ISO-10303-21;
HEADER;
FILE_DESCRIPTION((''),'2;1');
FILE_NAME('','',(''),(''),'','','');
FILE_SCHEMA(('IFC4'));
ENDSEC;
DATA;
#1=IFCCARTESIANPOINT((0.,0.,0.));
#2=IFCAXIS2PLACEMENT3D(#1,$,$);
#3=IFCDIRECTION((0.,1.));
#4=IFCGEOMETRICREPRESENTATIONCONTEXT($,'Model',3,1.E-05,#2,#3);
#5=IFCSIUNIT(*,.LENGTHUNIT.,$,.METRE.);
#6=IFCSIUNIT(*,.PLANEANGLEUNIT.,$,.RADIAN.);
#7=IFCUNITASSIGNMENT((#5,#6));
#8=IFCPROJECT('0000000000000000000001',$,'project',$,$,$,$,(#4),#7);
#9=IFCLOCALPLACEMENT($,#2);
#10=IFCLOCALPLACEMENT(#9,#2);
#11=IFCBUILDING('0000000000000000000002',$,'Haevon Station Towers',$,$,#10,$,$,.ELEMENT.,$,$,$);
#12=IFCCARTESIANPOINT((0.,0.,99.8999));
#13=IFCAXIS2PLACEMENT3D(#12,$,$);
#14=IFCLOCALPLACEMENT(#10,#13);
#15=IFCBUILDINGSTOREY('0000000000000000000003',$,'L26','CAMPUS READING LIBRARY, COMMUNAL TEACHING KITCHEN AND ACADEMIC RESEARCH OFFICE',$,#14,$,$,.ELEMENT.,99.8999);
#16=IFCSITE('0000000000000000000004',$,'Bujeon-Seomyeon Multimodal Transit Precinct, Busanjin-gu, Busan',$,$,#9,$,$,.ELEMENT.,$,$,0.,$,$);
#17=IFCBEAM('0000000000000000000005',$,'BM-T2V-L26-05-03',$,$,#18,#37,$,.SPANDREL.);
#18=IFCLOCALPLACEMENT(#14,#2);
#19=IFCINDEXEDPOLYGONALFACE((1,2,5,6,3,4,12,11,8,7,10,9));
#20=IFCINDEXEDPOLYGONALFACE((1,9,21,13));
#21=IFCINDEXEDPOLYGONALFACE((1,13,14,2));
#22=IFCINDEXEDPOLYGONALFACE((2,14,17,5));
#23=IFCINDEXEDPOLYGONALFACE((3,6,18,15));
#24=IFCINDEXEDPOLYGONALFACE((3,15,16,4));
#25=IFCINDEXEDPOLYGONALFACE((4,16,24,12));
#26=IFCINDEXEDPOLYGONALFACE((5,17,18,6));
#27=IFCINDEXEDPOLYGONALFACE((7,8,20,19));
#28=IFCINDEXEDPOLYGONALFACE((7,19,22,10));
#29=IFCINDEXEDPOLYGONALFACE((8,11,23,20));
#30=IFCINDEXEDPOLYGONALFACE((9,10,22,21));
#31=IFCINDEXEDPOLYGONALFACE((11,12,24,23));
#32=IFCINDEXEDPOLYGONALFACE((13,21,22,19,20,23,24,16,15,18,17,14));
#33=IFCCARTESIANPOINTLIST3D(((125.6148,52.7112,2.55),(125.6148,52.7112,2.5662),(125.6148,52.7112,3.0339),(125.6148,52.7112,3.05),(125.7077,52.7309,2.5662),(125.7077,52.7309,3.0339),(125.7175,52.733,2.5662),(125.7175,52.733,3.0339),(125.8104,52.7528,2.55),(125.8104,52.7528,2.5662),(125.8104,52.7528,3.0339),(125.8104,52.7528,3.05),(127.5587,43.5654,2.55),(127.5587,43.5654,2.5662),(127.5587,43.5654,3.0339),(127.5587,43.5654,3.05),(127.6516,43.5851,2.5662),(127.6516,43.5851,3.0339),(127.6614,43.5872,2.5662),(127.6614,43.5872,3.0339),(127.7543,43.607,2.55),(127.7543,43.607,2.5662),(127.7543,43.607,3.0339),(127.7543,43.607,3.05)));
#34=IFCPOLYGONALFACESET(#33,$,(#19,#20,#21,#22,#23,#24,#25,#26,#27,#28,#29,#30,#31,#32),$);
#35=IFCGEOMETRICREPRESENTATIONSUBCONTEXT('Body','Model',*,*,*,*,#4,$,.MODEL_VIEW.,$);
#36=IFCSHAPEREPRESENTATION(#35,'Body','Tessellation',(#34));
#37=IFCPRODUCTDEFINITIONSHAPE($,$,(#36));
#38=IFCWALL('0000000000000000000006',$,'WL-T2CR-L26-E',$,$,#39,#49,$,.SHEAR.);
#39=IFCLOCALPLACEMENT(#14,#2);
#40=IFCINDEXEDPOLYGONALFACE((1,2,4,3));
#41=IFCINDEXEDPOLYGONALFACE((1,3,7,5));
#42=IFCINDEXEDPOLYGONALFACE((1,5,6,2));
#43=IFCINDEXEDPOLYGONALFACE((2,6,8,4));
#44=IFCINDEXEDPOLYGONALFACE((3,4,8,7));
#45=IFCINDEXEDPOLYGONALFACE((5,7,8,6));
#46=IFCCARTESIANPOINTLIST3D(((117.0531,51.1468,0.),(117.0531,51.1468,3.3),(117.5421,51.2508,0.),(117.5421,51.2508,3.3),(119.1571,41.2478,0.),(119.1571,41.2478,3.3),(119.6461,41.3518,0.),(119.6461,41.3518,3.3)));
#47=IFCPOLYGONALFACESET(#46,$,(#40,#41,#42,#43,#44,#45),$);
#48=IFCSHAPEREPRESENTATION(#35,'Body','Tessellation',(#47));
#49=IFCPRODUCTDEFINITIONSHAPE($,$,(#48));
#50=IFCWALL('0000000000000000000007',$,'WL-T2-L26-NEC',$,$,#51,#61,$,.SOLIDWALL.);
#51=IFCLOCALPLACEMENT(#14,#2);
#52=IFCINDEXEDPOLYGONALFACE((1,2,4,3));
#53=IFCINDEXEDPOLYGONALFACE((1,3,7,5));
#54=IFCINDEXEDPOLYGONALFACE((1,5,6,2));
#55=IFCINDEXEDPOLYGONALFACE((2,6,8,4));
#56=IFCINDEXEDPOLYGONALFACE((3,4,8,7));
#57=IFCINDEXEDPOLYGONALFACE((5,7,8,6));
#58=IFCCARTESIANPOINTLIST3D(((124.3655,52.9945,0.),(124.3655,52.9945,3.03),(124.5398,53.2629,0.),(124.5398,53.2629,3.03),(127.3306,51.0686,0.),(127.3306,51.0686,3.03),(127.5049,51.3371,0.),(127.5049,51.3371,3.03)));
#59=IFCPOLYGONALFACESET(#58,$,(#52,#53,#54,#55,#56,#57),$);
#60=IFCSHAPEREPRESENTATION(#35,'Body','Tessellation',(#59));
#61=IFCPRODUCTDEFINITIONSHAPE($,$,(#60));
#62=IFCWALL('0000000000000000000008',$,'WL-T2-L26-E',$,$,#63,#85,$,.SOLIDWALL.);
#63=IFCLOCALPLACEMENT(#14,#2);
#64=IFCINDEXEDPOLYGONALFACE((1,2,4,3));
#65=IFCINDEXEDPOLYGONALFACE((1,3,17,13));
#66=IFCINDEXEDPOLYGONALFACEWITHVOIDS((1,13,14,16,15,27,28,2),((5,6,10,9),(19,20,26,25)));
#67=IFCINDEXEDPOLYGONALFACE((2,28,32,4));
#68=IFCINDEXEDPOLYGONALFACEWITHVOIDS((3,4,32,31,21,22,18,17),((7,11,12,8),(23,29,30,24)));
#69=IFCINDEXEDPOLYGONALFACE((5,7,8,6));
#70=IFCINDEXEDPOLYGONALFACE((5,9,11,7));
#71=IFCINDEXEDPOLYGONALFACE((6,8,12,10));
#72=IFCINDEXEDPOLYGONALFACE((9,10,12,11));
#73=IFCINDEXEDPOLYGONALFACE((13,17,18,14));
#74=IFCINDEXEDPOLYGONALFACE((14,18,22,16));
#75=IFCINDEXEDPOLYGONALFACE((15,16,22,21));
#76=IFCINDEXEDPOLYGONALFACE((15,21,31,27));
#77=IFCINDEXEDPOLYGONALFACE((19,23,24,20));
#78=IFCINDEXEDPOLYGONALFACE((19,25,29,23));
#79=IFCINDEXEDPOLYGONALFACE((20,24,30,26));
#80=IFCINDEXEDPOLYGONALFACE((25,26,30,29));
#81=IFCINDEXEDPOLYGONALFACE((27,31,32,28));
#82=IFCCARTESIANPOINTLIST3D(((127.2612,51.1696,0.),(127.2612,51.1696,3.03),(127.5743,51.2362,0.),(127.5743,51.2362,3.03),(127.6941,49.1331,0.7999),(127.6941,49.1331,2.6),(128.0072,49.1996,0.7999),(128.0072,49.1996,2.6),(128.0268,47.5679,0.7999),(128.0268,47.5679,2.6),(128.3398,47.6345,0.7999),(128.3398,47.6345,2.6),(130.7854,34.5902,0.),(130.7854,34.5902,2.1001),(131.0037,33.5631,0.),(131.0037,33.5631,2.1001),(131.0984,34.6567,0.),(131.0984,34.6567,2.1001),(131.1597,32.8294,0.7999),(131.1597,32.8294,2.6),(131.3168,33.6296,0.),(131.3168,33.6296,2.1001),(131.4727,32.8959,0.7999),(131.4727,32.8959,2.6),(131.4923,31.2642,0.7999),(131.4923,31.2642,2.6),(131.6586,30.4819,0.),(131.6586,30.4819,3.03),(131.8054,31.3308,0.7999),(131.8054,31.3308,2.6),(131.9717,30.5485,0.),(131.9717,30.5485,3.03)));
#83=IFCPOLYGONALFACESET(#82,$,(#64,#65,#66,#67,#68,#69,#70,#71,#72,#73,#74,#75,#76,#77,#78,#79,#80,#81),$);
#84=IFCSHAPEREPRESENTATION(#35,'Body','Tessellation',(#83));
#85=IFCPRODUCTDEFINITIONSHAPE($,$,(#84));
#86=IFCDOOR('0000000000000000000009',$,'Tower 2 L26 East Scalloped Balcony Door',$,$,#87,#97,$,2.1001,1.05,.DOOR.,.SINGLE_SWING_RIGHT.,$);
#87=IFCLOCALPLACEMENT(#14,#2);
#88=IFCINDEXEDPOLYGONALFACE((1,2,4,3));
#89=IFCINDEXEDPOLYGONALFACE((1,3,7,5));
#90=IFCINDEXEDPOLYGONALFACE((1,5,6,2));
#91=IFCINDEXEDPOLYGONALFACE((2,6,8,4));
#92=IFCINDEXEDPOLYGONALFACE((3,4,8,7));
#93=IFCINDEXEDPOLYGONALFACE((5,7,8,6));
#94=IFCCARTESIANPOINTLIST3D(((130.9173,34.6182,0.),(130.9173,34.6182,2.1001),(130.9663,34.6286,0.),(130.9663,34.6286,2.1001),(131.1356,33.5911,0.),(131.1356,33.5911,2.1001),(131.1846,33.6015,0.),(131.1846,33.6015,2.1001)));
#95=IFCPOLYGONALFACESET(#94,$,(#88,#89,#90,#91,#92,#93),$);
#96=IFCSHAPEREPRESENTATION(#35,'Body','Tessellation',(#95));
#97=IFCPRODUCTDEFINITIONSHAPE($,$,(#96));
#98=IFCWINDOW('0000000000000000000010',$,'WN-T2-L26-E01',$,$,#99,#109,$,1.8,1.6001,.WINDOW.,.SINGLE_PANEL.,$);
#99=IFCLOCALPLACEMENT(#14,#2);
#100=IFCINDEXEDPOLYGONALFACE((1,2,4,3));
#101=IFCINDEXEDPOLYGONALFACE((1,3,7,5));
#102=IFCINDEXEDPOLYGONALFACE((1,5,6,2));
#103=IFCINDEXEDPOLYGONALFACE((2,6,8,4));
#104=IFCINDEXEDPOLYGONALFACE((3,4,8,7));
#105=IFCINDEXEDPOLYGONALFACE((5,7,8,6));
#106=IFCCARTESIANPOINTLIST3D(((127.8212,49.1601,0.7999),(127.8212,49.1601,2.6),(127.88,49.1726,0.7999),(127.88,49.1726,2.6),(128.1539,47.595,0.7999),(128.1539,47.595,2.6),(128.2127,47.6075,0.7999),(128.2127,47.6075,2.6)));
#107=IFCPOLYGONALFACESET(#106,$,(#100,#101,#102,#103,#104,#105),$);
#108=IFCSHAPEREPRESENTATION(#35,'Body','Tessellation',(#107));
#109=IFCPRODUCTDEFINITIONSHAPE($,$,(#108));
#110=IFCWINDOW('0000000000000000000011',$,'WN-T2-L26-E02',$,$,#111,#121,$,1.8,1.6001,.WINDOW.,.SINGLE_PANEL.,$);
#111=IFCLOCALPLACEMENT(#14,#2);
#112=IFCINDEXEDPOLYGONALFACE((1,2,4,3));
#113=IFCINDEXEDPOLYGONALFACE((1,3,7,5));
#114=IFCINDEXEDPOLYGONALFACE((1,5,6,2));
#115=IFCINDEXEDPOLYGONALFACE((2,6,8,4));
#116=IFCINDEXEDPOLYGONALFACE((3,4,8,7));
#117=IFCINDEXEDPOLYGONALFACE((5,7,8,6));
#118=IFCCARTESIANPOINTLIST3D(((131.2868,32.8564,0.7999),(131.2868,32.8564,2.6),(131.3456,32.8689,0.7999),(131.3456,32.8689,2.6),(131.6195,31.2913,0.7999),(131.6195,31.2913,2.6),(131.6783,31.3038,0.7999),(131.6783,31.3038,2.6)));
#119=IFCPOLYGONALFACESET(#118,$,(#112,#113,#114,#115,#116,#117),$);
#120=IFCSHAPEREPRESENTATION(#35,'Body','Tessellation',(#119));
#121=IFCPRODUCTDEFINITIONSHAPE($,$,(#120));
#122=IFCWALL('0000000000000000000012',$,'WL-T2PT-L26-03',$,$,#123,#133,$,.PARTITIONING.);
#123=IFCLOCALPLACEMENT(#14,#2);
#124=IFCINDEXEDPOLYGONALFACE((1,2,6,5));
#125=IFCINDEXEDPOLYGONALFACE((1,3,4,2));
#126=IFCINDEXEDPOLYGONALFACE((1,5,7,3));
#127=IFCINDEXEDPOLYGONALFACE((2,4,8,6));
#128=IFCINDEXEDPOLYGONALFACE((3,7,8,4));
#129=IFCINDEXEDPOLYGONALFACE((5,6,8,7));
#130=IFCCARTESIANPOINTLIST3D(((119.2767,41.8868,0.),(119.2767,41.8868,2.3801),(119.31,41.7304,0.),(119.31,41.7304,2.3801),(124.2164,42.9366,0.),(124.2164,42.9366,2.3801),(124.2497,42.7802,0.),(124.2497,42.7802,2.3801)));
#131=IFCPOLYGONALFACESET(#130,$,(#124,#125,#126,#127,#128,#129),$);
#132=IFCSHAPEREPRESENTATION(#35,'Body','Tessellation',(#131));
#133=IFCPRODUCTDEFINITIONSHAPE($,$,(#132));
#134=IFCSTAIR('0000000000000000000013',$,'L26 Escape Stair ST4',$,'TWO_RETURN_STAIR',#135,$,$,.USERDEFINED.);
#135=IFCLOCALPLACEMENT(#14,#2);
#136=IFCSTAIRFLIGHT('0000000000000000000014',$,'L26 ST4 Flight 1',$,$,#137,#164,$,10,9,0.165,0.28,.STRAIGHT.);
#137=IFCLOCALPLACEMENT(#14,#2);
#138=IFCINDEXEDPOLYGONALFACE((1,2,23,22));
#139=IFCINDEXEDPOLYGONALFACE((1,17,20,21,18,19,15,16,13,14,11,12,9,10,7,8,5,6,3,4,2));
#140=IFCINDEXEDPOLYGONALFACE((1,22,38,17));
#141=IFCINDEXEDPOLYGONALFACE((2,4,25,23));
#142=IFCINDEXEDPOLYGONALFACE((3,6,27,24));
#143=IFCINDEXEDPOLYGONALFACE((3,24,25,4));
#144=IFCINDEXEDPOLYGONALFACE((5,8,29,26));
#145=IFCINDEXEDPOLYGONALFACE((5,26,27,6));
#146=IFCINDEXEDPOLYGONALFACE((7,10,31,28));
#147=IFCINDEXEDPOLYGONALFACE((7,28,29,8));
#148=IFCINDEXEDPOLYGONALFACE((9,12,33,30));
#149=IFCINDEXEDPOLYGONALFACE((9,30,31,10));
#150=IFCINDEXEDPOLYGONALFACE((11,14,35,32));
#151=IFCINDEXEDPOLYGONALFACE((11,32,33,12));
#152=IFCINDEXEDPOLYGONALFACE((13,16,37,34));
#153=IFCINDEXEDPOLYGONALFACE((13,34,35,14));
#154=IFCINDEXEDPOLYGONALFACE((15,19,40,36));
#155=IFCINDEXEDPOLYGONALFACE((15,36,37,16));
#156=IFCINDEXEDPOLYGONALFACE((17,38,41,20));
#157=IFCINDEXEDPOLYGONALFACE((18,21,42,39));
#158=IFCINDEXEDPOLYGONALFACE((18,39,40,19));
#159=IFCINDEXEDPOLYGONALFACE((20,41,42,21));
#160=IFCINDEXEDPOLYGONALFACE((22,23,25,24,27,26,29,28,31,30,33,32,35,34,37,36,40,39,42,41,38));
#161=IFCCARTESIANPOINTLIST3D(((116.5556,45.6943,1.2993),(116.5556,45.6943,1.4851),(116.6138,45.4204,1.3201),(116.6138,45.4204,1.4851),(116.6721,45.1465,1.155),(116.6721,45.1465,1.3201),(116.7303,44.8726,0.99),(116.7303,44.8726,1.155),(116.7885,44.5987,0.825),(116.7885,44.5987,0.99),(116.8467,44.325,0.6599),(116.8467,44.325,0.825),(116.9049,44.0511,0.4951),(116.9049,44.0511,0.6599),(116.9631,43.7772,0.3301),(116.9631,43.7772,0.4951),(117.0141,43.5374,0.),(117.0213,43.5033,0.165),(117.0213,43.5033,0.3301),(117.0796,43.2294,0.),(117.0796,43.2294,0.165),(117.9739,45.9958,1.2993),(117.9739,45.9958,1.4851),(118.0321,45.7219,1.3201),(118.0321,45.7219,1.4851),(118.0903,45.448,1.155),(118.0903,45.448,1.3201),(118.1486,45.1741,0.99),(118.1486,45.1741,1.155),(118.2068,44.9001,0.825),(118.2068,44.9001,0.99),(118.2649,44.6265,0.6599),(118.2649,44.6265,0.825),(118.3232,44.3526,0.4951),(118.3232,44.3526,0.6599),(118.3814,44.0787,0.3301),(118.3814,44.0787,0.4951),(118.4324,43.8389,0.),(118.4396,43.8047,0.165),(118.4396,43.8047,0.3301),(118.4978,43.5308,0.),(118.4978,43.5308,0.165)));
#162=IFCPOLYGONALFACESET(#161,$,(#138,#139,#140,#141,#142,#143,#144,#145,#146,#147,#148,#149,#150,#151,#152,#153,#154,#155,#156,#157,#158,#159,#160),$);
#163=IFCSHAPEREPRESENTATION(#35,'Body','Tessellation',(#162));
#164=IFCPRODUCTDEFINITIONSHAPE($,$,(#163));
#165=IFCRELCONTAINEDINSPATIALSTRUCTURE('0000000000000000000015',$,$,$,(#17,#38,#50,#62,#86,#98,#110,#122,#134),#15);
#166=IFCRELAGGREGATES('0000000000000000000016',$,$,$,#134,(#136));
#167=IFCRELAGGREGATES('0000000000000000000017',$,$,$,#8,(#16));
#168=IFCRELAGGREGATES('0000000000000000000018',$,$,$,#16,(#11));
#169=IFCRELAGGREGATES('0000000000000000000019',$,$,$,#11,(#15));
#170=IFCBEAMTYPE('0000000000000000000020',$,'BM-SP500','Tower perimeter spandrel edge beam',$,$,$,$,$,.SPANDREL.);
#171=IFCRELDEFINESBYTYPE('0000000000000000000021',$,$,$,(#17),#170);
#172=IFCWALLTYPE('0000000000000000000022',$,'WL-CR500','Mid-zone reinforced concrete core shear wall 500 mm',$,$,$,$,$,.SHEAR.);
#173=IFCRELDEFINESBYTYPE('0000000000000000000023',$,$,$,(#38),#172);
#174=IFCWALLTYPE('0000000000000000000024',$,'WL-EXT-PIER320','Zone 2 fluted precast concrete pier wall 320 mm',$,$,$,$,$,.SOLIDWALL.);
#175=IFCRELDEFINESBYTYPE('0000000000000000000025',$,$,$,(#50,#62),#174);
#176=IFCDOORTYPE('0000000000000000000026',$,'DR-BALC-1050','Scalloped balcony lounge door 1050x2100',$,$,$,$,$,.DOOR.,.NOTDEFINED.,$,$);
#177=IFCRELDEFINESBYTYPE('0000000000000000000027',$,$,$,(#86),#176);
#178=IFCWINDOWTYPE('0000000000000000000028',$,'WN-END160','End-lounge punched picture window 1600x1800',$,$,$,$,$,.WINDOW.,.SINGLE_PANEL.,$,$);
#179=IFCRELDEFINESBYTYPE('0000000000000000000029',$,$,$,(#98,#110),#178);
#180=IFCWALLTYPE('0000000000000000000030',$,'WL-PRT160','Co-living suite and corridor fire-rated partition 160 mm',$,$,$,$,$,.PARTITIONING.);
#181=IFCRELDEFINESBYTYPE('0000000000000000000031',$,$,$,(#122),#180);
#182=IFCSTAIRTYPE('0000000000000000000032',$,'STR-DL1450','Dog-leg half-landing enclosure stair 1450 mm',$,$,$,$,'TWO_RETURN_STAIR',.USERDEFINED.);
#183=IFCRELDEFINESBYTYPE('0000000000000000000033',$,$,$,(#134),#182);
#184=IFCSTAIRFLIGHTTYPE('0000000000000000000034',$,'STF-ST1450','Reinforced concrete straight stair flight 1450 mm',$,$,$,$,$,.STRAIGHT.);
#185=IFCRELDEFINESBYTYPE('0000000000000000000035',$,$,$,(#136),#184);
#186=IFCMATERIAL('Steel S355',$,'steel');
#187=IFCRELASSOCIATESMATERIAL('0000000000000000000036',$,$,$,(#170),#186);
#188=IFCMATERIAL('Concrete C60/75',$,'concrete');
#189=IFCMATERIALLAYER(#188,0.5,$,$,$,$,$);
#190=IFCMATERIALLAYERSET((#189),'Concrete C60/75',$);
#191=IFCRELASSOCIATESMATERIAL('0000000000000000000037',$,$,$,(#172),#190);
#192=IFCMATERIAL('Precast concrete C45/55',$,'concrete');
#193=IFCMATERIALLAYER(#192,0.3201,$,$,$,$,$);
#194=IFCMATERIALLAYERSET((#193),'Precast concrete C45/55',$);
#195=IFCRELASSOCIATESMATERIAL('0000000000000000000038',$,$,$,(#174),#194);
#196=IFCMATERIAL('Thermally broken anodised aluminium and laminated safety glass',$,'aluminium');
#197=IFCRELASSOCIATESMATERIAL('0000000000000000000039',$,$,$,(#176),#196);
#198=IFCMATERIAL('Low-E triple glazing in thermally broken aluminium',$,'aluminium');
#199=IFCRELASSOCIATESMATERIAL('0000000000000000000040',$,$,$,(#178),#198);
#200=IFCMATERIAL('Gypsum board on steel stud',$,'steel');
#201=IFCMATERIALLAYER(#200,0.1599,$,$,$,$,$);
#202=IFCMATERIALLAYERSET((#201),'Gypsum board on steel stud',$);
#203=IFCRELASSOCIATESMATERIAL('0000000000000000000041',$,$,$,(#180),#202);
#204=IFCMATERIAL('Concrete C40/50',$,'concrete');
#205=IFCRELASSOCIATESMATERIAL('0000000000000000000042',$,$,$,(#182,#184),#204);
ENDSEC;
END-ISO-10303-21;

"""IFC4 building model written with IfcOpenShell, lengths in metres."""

from ifc_helpers import new_model, si_unit, direction, frame, frame_2d, origin, origin_2d, place, context, subcontext, project, spatial, polyline, rectangle, i_section, outline, extrude, material, layer, layer_set, material_profile, profile_set, type_object, element, fill, aggregate, save


model = new_model("IFC4")

# Units and contexts
model_context = context("Model", 3, precision=1e-05, world=origin(), true_north=direction((0.0, 1.0)))
body_context = subcontext(model_context, "Body", "Model", "MODEL_VIEW")
ifc_project = project(units=[si_unit("LENGTHUNIT", "METRE"), si_unit("PLANEANGLEUNIT", "RADIAN")], contexts=[model_context])

# Site, building, storey
site_placement = place(None, origin())
site = spatial("IfcSite", under=ifc_project, at=site_placement, Name="Bujeon-Seomyeon Multimodal Transit Precinct, Busanjin-gu, Busan", CompositionType="ELEMENT", RefElevation=0.0)
building_placement = place(site_placement, origin())
building = spatial("IfcBuilding", under=site, at=building_placement, Name="Haevon Station Towers", CompositionType="ELEMENT")
storey_placement = place(building_placement, frame((0.0, 0.0, 99.8999)))
storey = spatial("IfcBuildingStorey", under=building, at=storey_placement, Name="L26", Description="CAMPUS READING LIBRARY, COMMUNAL TEACHING KITCHEN AND ACADEMIC RESEARCH OFFICE", CompositionType="ELEMENT", Elevation=99.8999)

# Beam
ifc_material_1 = material(Name="Steel S355", Category="steel")
ifc_material_profile_1 = material_profile(ifc_material_1, i_section(OverallWidth=0.2, OverallDepth=0.5, WebThickness=0.01, FlangeThickness=0.0161, at=origin_2d()), Name="H-500x200x10x16")
ifc_profile_set_1 = profile_set([ifc_material_profile_1], Name="Steel S355")
beam_type_1 = type_object("IfcBeamType", Name="BM-SP500", Description="Tower perimeter spandrel edge beam", PredefinedType="SPANDREL", material=ifc_profile_set_1)
beam_1_placement = place(storey_placement, frame((127.6565, 43.5862, 2.8), z_axis=(-0.207897, 0.978151, 0.0), x_axis=(-0.978151, -0.207897, 0.0)))
element("IfcBeam", 1, at=beam_1_placement, inside=storey, type_object=beam_type_1, Name="BM-T2V-L26-05-03", PredefinedType="SPANDREL", context=body_context, shape_type="SweptSolid", body=[
    extrude(i_section(OverallWidth=0.2, OverallDepth=0.5, WebThickness=0.01, FlangeThickness=0.0161, at=origin_2d()), origin(), (0.0, 0.0, 1.0), 9.3501),
])

# Walls
ifc_material_2 = material(Name="Concrete C60/75", Category="concrete")
ifc_layer_1 = layer(ifc_material_2, 0.5)
ifc_layer_set_1 = layer_set([ifc_layer_1], Name="Concrete C60/75")
wall_type_1 = type_object("IfcWallType", Name="WL-CR500", Description="Mid-zone reinforced concrete core shear wall 500 mm", PredefinedType="SHEAR", material=ifc_layer_set_1)
wall_1_placement = place(storey_placement, frame((119.4016, 41.2998, 0.0), z_axis=(0.0, 0.0, 1.0), x_axis=(-0.207904, 0.978149, 0.0)))
element("IfcWall", 2, at=wall_1_placement, inside=storey, type_object=wall_type_1, Name="WL-T2CR-L26-E", PredefinedType="SHEAR", context=body_context, shape_type="SweptSolid", body=[
    extrude(rectangle(XDim=10.1201, YDim=0.5, at=frame_2d((5.0601, 0.0))), origin(), (0.0, 0.0, 1.0), 3.3),
])
ifc_material_3 = material(Name="Precast concrete C45/55", Category="concrete")
ifc_layer_2 = layer(ifc_material_3, 0.3201)
ifc_layer_set_2 = layer_set([ifc_layer_2], Name="Precast concrete C45/55")
wall_type_2 = type_object("IfcWallType", Name="WL-EXT-PIER320", Description="Zone 2 fluted precast concrete pier wall 320 mm", PredefinedType="SOLIDWALL", material=ifc_layer_set_2)
wall_2_placement = place(storey_placement, frame((124.4526, 53.1287, 0.0), z_axis=(0.0, 0.0, 1.0), x_axis=(0.838641, -0.544685, 0.0)))
element("IfcWall", 3, at=wall_2_placement, inside=storey, type_object=wall_type_2, Name="WL-T2-L26-NEC", PredefinedType="SOLIDWALL", context=body_context, shape_type="SweptSolid", body=[
    extrude(rectangle(XDim=3.5356, YDim=0.3201, at=frame_2d((1.7678, 0.0))), origin(), (0.0, 0.0, 1.0), 3.03),
])

# Wall, openings, door, windows
wall_3_placement = place(storey_placement, frame((127.4177, 51.2029, 0.0), z_axis=(0.0, 0.0, 1.0), x_axis=(0.207918, -0.978146, 0.0)))
wall_3 = element("IfcWall", 4, at=wall_3_placement, inside=storey, type_object=wall_type_2, Name="WL-T2-L26-E", PredefinedType="SOLIDWALL", context=body_context, shape_type="SweptSolid", body=[
    extrude(rectangle(XDim=21.1499, YDim=0.3201, at=frame_2d((10.575, 0.0))), origin(), (0.0, 0.0, 1.0), 3.03),
])
opening_1_placement = place(wall_3_placement, frame((16.95, 0.0, 0.0)))
opening_1 = element("IfcOpeningElement", 5, at=opening_1_placement, cuts=wall_3, PredefinedType="OPENING", context=body_context, shape_type="SweptSolid", body=[
    extrude(rectangle(XDim=1.05, YDim=2.1001, at=frame_2d((0.5249, 1.05))), frame((0.0, 0.1699, 0.0), z_axis=(0.0, -1.0, 0.0), x_axis=(1.0, 0.0, 0.0)), (0.0, 0.0, 1.0), 0.3401),
])
opening_2_placement = place(wall_3_placement, frame((2.082, 0.0, 0.8)))
opening_2 = element("IfcOpeningElement", 6, at=opening_2_placement, cuts=wall_3, PredefinedType="OPENING", context=body_context, shape_type="SweptSolid", body=[
    extrude(rectangle(XDim=1.6001, YDim=1.8, at=frame_2d((0.8, 0.8999))), frame((0.0, 0.1699, 0.0), z_axis=(0.0, -1.0, 0.0), x_axis=(1.0, 0.0, 0.0)), (0.0, 0.0, 1.0), 0.3401),
])
opening_3_placement = place(wall_3_placement, frame((18.75, 0.0, 0.8)))
opening_3 = element("IfcOpeningElement", 7, at=opening_3_placement, cuts=wall_3, PredefinedType="OPENING", context=body_context, shape_type="SweptSolid", body=[
    extrude(rectangle(XDim=1.6001, YDim=1.8, at=frame_2d((0.8, 0.8999))), frame((0.0, 0.1699, 0.0), z_axis=(0.0, -1.0, 0.0), x_axis=(1.0, 0.0, 0.0)), (0.0, 0.0, 1.0), 0.3401),
])
ifc_material_4 = material(Name="Thermally broken anodised aluminium and laminated safety glass", Category="aluminium")
door_type = type_object("IfcDoorType", Name="DR-BALC-1050", Description="Scalloped balcony lounge door 1050x2100", OperationType="NOTDEFINED", PredefinedType="DOOR", material=ifc_material_4)
door_placement = place(opening_1_placement, origin())
door = element("IfcDoor", 8, at=door_placement, inside=storey, type_object=door_type, Name="Tower 2 L26 East Scalloped Balcony Door", OperationType="SINGLE_SWING_RIGHT", OverallHeight=2.1001, OverallWidth=1.05, PredefinedType="DOOR", context=body_context, shape_type="SweptSolid", body=[
    extrude(rectangle(XDim=1.05, YDim=2.1001, at=frame_2d((0.5249, 1.05))), frame((0.0, 0.0249, 0.0), z_axis=(0.0, -1.0, 0.0), x_axis=(1.0, 0.0, 0.0)), (0.0, 0.0, 1.0), 0.05),
])
fill(opening_1, door)
ifc_material_5 = material(Name="Low-E triple glazing in thermally broken aluminium", Category="aluminium")
window_type = type_object("IfcWindowType", Name="WN-END160", Description="End-lounge punched picture window 1600x1800", PartitioningType="SINGLE_PANEL", PredefinedType="WINDOW", material=ifc_material_5)
window_1_placement = place(opening_2_placement, origin())
window_1 = element("IfcWindow", 9, at=window_1_placement, inside=storey, type_object=window_type, Name="WN-T2-L26-E01", OverallHeight=1.8, OverallWidth=1.6001, PartitioningType="SINGLE_PANEL", PredefinedType="WINDOW", context=body_context, shape_type="SweptSolid", body=[
    extrude(rectangle(XDim=1.6001, YDim=1.8, at=frame_2d((0.8, 0.8999))), frame((0.0, 0.03, 0.0), z_axis=(0.0, -1.0, 0.0), x_axis=(1.0, 0.0, 0.0)), (0.0, 0.0, 1.0), 0.0601),
])
fill(opening_2, window_1)
window_2_placement = place(opening_3_placement, origin())
window_2 = element("IfcWindow", 10, at=window_2_placement, inside=storey, type_object=window_type, Name="WN-T2-L26-E02", OverallHeight=1.8, OverallWidth=1.6001, PartitioningType="SINGLE_PANEL", PredefinedType="WINDOW", context=body_context, shape_type="SweptSolid", body=[
    extrude(rectangle(XDim=1.6001, YDim=1.8, at=frame_2d((0.8, 0.8999))), frame((0.0, 0.03, 0.0), z_axis=(0.0, -1.0, 0.0), x_axis=(1.0, 0.0, 0.0)), (0.0, 0.0, 1.0), 0.0601),
])
fill(opening_3, window_2)

# Wall
ifc_material_6 = material(Name="Gypsum board on steel stud", Category="steel")
ifc_layer_3 = layer(ifc_material_6, 0.1599)
ifc_layer_set_3 = layer_set([ifc_layer_3], Name="Gypsum board on steel stud")
wall_type_3 = type_object("IfcWallType", Name="WL-PRT160", Description="Co-living suite and corridor fire-rated partition 160 mm", PredefinedType="PARTITIONING", material=ifc_layer_set_3)
wall_4_placement = place(storey_placement, frame((119.2935, 41.8086, 0.0), z_axis=(0.0, 0.0, 1.0), x_axis=(0.978154, 0.207881, 0.0)))
element("IfcWall", 11, at=wall_4_placement, inside=storey, type_object=wall_type_3, Name="WL-T2PT-L26-03", PredefinedType="PARTITIONING", context=body_context, shape_type="SweptSolid", body=[
    extrude(rectangle(XDim=5.05, YDim=0.1599, at=frame_2d((2.5249, 0.0))), origin(), (0.0, 0.0, 1.0), 2.3801),
])

# Stair, stair flight
ifc_material_7 = material(Name="Concrete C40/50", Category="concrete")
stair_type = type_object("IfcStairType", Name="STR-DL1450", Description="Dog-leg half-landing enclosure stair 1450 mm", ElementType="TWO_RETURN_STAIR", PredefinedType="USERDEFINED", material=ifc_material_7)
stair_placement = place(storey_placement, origin())
stair = element("IfcStair", 12, at=stair_placement, inside=storey, type_object=stair_type, Name="L26 Escape Stair ST4", ObjectType="TWO_RETURN_STAIR", PredefinedType="USERDEFINED")
stair_flight_type = type_object("IfcStairFlightType", Name="STF-ST1450", Description="Reinforced concrete straight stair flight 1450 mm", PredefinedType="STRAIGHT", material=ifc_material_7)
stair_flight_placement = place(storey_placement, frame((117.7888, 43.3801, 0.0), z_axis=(0.0, 0.0, 1.0), x_axis=(-0.207912, 0.978148, 0.0)))
stair_flight = element("IfcStairFlight", 13, at=stair_flight_placement, type_object=stair_flight_type, Name="L26 ST4 Flight 1", NumberOfRisers=10, NumberOfTreads=9, PredefinedType="STRAIGHT", RiserHeight=0.165, TreadLength=0.28, context=body_context, shape_type="SweptSolid", body=[
    extrude(outline(polyline([(0.0, 0.0), (0.0, 0.165), (0.28, 0.165), (0.28, 0.3301), (0.5601, 0.3301), (0.5601, 0.4951), (0.8401, 0.4951), (0.8401, 0.6599), (1.1201, 0.6599), (1.1201, 0.825), (1.3999, 0.825), (1.3999, 0.99), (1.6799, 0.99), (1.6799, 1.155), (1.96, 1.155), (1.96, 1.3201), (2.24, 1.3201), (2.24, 1.4851), (2.52, 1.4851), (2.52, 1.6499), (2.52, 1.2993), (0.3149, 0.0), (0.0, 0.0)])), frame((0.0, 0.7251, 0.0), z_axis=(0.0, -1.0, 0.0), x_axis=(1.0, 0.0, 0.0)), (0.0, 0.0, 1.0), 1.45),
])
aggregate(stair, [stair_flight])

save(model, "model.ifc")
